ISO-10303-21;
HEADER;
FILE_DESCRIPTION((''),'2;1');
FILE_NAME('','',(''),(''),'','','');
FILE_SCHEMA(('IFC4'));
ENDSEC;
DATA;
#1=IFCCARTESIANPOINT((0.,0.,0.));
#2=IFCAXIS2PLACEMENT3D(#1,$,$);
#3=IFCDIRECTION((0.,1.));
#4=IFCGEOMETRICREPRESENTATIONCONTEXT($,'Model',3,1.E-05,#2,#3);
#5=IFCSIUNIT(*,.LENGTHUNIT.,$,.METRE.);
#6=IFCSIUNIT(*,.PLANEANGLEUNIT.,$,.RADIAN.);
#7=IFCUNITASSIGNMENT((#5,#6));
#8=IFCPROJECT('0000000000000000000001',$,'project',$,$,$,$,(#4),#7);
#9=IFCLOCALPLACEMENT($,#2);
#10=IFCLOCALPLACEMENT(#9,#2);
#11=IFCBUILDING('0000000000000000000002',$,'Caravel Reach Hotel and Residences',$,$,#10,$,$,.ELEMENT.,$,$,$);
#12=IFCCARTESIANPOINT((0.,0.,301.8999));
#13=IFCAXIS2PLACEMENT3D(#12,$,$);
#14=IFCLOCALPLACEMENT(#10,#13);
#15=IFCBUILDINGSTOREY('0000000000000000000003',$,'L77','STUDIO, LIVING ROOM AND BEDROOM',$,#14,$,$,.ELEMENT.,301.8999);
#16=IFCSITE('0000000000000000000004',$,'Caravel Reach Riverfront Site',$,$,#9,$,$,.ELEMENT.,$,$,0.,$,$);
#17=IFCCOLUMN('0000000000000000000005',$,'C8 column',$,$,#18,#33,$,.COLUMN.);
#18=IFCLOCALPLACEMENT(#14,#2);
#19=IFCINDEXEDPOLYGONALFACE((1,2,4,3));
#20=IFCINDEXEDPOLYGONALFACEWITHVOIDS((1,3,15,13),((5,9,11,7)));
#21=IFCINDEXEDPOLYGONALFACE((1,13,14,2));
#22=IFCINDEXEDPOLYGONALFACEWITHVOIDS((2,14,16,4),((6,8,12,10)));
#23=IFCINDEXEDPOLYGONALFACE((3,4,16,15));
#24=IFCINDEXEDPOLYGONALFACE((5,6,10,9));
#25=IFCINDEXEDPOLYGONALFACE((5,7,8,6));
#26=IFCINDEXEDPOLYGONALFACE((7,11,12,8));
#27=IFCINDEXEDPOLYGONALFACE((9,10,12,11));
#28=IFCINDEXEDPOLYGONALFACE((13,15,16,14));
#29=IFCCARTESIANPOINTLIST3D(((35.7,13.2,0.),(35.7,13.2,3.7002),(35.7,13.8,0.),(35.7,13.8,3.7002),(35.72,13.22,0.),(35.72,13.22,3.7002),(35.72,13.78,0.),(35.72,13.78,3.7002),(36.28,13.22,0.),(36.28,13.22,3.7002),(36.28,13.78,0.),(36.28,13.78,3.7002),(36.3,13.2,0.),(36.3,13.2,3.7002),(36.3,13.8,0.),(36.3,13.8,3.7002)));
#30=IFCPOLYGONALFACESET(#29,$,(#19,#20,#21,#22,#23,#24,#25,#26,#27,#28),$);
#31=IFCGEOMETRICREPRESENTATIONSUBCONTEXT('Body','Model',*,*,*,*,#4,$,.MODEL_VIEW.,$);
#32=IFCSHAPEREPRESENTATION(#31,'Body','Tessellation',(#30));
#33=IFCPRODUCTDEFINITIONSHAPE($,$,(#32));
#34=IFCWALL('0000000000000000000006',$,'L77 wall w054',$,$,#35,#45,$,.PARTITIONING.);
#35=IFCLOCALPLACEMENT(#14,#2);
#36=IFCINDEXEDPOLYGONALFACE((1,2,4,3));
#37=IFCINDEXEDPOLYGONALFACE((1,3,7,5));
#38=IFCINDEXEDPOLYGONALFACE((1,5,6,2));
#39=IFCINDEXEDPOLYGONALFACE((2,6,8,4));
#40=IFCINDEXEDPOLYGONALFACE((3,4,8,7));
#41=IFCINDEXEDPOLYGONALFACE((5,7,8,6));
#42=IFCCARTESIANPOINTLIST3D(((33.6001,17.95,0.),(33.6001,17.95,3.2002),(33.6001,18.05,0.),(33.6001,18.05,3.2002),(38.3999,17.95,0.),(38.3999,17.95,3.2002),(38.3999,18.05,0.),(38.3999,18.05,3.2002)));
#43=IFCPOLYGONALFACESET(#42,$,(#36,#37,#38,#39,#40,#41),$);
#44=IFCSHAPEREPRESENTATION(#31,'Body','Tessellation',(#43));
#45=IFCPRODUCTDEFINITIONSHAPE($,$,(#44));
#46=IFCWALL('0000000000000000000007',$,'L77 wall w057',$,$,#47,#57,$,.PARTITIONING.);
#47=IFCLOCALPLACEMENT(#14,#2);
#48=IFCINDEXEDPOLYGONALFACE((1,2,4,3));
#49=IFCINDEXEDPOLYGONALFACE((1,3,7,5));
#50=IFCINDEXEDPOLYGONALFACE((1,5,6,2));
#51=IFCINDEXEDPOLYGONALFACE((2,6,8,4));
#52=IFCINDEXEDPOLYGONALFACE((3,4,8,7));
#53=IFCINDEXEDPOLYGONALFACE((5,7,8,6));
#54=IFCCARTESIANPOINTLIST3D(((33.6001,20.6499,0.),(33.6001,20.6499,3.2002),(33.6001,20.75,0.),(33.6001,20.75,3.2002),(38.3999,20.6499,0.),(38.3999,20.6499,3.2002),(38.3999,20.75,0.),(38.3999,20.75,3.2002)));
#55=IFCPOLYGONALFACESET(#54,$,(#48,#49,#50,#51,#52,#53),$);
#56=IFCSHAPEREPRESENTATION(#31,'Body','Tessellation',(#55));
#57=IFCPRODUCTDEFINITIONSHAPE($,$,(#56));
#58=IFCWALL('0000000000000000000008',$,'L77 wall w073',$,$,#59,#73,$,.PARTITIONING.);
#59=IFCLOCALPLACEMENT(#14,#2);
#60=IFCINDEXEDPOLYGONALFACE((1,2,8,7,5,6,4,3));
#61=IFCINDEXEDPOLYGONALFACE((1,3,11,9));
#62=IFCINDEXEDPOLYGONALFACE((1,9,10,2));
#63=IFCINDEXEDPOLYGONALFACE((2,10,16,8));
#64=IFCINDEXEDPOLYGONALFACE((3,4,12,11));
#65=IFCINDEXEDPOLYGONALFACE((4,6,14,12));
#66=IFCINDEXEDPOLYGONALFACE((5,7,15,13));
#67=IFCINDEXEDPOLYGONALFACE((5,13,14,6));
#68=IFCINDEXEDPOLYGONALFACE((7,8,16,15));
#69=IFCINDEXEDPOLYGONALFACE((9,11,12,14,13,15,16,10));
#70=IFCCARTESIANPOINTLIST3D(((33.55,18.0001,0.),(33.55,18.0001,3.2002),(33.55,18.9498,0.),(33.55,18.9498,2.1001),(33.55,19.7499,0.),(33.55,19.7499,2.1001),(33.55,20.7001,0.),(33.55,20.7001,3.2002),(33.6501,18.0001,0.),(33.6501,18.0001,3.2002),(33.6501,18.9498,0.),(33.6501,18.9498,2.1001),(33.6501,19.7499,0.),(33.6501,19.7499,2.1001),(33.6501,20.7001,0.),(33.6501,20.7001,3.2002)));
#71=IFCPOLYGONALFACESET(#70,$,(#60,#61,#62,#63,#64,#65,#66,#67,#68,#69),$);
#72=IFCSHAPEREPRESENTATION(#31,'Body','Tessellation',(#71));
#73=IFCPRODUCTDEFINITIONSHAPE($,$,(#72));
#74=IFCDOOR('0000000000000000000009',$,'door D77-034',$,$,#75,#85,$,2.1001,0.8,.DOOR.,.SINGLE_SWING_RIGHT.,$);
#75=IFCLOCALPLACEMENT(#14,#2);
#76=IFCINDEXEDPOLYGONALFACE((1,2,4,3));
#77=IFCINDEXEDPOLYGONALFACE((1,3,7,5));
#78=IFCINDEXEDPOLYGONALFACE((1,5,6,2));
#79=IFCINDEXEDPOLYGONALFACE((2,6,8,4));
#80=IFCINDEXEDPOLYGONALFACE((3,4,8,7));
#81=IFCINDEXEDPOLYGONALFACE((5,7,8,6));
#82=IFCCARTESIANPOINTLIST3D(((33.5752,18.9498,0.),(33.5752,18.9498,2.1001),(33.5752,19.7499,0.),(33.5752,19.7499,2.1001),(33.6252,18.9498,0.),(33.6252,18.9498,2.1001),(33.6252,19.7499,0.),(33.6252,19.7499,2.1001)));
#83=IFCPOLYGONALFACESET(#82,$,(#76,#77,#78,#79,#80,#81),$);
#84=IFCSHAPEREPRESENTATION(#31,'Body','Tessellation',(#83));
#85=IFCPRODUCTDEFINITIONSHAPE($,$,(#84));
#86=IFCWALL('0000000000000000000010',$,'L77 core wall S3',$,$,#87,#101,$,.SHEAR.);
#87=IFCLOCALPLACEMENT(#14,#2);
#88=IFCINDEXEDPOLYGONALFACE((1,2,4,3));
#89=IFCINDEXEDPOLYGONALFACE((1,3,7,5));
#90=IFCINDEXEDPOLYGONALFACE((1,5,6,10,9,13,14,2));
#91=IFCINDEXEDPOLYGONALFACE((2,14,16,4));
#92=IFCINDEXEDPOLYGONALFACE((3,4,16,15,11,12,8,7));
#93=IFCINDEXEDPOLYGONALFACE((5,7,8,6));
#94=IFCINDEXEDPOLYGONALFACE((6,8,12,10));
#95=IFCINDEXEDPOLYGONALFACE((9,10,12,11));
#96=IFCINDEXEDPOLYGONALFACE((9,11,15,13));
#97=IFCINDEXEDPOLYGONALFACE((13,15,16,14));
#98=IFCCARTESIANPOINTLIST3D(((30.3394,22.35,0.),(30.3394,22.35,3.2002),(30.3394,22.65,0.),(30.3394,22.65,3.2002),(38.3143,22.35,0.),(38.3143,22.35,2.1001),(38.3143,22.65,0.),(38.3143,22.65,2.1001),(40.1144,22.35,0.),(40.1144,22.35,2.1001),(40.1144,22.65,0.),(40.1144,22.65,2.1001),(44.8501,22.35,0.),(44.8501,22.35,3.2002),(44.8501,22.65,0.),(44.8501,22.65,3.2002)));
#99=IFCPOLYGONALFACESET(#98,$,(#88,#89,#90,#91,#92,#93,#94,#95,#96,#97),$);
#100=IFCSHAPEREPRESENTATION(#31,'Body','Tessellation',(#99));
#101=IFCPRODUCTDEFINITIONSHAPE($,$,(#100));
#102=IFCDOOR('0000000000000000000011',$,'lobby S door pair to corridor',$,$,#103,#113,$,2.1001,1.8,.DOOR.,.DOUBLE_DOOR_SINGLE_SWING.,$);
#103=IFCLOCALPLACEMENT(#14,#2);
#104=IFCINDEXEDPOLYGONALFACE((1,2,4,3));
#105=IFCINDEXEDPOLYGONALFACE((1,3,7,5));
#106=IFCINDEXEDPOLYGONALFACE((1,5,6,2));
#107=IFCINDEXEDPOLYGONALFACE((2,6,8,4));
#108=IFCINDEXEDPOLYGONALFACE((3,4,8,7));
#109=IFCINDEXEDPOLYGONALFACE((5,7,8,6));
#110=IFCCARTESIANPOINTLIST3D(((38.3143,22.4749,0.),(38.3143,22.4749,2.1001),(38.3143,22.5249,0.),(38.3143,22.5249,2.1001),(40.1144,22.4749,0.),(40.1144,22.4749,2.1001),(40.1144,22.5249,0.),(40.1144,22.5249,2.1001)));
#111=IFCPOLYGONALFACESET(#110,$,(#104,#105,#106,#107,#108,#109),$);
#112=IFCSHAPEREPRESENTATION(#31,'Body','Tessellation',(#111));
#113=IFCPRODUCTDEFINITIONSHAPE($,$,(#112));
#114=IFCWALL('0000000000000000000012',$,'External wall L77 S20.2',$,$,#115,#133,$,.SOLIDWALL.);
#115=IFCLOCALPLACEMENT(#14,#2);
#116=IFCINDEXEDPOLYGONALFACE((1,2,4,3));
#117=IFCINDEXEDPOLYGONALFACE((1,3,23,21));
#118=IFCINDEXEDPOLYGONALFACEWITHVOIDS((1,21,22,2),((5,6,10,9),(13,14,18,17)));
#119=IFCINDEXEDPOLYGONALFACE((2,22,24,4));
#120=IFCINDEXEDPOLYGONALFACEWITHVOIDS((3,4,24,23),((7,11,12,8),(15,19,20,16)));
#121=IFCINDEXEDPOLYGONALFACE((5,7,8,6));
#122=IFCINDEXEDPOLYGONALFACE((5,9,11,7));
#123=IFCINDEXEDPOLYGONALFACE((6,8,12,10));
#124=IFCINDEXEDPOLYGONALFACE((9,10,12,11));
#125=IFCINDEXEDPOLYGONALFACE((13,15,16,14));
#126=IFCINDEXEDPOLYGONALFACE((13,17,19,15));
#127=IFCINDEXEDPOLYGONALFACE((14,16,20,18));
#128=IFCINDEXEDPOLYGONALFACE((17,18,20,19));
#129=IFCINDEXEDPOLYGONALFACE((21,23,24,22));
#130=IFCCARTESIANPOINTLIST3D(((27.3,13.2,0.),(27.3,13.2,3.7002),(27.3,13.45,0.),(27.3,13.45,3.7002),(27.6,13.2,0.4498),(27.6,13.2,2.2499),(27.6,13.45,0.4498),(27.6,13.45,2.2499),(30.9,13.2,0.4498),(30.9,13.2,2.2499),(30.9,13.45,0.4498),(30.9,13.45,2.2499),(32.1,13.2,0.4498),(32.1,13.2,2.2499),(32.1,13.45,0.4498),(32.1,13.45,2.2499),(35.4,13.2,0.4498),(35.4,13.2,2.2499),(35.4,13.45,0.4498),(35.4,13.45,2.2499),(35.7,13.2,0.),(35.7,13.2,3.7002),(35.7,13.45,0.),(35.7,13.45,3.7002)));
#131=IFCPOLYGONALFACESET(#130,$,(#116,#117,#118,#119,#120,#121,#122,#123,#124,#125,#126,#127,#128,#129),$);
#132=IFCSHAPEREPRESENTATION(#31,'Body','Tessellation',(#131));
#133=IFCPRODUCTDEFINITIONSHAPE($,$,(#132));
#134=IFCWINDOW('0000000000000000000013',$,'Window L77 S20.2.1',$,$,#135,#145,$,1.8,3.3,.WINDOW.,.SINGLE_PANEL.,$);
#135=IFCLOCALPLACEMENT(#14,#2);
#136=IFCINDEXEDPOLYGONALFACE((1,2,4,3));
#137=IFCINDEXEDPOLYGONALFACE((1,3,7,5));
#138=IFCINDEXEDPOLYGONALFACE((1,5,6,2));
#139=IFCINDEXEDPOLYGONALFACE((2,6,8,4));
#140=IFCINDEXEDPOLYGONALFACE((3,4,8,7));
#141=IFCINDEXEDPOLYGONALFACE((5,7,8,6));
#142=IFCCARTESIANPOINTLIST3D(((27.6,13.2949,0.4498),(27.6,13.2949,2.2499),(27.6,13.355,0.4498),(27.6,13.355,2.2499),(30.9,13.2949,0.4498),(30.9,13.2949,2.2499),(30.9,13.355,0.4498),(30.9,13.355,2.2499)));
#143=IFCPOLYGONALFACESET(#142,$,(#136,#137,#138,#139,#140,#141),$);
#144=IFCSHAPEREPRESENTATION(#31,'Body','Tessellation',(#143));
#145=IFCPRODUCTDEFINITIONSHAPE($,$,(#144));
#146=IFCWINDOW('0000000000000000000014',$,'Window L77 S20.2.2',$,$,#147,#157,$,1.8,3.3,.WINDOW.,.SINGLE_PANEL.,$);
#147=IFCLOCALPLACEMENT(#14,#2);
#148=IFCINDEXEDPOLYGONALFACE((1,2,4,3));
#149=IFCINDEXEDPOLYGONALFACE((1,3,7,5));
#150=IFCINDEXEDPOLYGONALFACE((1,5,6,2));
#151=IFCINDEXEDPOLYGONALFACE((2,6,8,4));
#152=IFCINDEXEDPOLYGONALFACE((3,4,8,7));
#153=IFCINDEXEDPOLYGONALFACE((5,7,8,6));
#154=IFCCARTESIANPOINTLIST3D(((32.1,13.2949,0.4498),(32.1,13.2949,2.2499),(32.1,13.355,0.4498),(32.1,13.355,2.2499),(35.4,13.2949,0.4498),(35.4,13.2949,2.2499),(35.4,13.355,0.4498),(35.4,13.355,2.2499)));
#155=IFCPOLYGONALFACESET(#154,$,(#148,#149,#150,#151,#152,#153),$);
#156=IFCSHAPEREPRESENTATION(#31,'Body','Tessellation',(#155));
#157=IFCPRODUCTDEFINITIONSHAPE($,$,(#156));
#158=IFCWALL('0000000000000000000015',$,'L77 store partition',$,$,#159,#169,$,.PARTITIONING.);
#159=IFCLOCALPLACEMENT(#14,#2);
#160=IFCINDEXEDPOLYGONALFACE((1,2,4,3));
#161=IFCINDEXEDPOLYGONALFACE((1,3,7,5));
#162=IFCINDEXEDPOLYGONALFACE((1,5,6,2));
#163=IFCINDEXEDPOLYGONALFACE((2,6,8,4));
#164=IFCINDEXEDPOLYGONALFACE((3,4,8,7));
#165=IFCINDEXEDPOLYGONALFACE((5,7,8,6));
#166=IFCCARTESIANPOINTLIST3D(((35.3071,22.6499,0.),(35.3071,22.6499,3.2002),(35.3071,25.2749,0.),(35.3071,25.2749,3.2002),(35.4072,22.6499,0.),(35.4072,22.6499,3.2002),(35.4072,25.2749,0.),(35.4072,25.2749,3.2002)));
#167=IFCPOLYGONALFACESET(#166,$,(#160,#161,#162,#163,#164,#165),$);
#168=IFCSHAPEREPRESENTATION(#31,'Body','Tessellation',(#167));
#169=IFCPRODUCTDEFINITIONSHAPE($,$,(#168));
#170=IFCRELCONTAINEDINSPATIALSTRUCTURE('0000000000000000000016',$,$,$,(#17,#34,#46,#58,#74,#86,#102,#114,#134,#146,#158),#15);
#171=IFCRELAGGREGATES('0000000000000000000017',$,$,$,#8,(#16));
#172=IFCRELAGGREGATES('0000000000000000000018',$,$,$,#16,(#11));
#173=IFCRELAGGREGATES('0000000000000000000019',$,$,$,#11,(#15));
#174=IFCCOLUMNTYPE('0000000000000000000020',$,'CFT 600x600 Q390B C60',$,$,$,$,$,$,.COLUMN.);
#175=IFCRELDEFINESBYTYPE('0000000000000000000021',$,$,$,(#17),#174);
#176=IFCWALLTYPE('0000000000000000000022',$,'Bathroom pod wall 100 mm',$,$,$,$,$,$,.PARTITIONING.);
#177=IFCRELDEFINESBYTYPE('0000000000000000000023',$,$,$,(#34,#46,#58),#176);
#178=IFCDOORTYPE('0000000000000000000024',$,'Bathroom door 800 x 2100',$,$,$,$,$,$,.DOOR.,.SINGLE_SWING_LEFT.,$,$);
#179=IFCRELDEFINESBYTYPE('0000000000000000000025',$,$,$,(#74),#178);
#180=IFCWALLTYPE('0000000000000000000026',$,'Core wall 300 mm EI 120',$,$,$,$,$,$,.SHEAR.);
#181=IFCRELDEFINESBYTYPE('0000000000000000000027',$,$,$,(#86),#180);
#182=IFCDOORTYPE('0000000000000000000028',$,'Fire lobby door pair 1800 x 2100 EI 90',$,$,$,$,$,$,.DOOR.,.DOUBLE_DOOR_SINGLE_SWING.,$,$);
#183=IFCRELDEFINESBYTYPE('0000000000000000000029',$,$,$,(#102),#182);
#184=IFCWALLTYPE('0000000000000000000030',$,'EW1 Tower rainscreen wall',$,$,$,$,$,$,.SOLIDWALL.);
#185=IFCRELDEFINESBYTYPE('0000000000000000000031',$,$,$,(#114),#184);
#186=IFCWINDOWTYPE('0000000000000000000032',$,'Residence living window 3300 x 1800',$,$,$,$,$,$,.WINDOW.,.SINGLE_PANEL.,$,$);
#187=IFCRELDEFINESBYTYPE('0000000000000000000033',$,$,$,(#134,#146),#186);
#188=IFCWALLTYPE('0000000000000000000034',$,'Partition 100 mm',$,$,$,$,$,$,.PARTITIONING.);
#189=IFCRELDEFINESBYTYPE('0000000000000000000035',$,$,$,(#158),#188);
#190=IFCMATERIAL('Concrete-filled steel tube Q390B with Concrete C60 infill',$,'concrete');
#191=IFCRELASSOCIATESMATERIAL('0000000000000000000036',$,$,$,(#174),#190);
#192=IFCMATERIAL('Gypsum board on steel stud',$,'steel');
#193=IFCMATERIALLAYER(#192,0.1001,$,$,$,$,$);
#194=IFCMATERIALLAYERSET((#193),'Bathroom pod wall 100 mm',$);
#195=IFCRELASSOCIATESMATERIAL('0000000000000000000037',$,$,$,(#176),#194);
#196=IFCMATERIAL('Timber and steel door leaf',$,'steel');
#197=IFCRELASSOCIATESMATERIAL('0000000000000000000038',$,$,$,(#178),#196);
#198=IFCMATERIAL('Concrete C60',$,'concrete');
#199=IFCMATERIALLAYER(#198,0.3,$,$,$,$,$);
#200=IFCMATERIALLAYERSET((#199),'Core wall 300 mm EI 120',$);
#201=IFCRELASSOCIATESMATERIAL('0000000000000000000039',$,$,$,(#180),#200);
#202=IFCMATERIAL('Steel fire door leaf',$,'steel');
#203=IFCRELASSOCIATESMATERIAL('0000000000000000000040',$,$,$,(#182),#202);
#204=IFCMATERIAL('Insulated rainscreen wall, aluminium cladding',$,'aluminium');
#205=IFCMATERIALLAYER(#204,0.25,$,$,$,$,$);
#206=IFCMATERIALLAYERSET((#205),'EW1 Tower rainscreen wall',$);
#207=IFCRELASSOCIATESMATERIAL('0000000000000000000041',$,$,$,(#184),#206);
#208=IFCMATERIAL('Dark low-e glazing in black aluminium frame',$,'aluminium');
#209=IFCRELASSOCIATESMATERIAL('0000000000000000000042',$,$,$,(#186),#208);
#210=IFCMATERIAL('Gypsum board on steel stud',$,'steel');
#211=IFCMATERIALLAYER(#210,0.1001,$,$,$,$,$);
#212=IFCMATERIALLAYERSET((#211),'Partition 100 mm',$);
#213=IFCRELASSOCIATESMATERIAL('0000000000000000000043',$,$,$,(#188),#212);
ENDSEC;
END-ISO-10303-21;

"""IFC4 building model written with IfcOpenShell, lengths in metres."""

from ifc_helpers import new_model, si_unit, direction, frame, frame_2d, origin, origin_2d, place, context, subcontext, project, spatial, rectangle, hollow_rectangle, extrude, material, layer, layer_set, material_profile, profile_set, type_object, element, fill, save


model = new_model("IFC4")

# Units and contexts
model_context = context("Model", 3, precision=1e-05, world=origin(), true_north=direction((0.0, 1.0)))
body_context = subcontext(model_context, "Body", "Model", "MODEL_VIEW")
ifc_project = project(units=[si_unit("LENGTHUNIT", "METRE"), si_unit("PLANEANGLEUNIT", "RADIAN")], contexts=[model_context])

# Site, building, storey
site_placement = place(None, origin())
site = spatial("IfcSite", under=ifc_project, at=site_placement, Name="Caravel Reach Riverfront Site", CompositionType="ELEMENT", RefElevation=0.0)
building_placement = place(site_placement, origin())
building = spatial("IfcBuilding", under=site, at=building_placement, Name="Caravel Reach Hotel and Residences", CompositionType="ELEMENT")
storey_placement = place(building_placement, frame((0.0, 0.0, 301.8999)))
storey = spatial("IfcBuildingStorey", under=building, at=storey_placement, Name="L77", Description="STUDIO, LIVING ROOM AND BEDROOM", CompositionType="ELEMENT", Elevation=301.8999)

# Column
ifc_material_1 = material(Name="Concrete-filled steel tube Q390B with Concrete C60 infill", Category="concrete")
ifc_material_profile = material_profile(ifc_material_1, hollow_rectangle(XDim=0.6001, YDim=0.6001, WallThickness=0.02, at=origin_2d()), Name="RHS 600x600x20")
ifc_profile_set = profile_set([ifc_material_profile], Name="Concrete-filled steel tube Q390B with Concrete C60 infill")
column_type = type_object("IfcColumnType", Name="CFT 600x600 Q390B C60", PredefinedType="COLUMN", material=ifc_profile_set)
column_placement = place(storey_placement, frame((36.0, 13.5, 0.0), z_axis=(0.0, 0.0, 1.0), x_axis=(1.0, 0.0, 0.0)))
element("IfcColumn", 1, at=column_placement, inside=storey, type_object=column_type, Name="C8 column", PredefinedType="COLUMN", context=body_context, shape_type="SweptSolid", body=[
    extrude(hollow_rectangle(XDim=0.6001, YDim=0.6001, WallThickness=0.02, at=origin_2d()), origin(), (0.0, 0.0, 1.0), 3.7002),
])

# Walls
ifc_material_2 = material(Name="Gypsum board on steel stud", Category="steel")
ifc_layer_1 = layer(ifc_material_2, 0.1001)
ifc_layer_set_1 = layer_set([ifc_layer_1], Name="Bathroom pod wall 100 mm")
wall_type_1 = type_object("IfcWallType", Name="Bathroom pod wall 100 mm", PredefinedType="PARTITIONING", material=ifc_layer_set_1)
for number, where, z_axis, x_axis, name in (
    (2, (33.6001, 18.0, 0.0), (0.0, 0.0, 1.0), (1.0, 0.0, 0.0), "L77 wall w054"),
    (3, (33.6001, 20.7, 0.0), (0.0, 0.0, 1.0), (1.0, 0.0, 0.0), "L77 wall w057"),
):
    element("IfcWall", number, at=place(storey_placement, frame(where, z_axis=z_axis, x_axis=x_axis)), inside=storey, type_object=wall_type_1, Name=name, PredefinedType="PARTITIONING", context=body_context, shape_type="SweptSolid", body=[
        extrude(rectangle(XDim=4.7998, YDim=0.1001, at=frame_2d((2.3999, 0.0))), origin(), (0.0, 0.0, 1.0), 3.2002),
    ])

# Walls, openings, doors
wall_1_placement = place(storey_placement, frame((33.6001, 18.0, 0.0), z_axis=(0.0, 0.0, 1.0), x_axis=(0.0, 1.0, 0.0)))
wall_1 = element("IfcWall", 4, at=wall_1_placement, inside=storey, type_object=wall_type_1, Name="L77 wall w073", PredefinedType="PARTITIONING", context=body_context, shape_type="SweptSolid", body=[
    extrude(rectangle(XDim=2.7, YDim=0.1001, at=frame_2d((1.3501, 0.0))), origin(), (0.0, 0.0, 1.0), 3.2002),
])
opening_1_placement = place(wall_1_placement, frame((0.95, 0.0, 0.0)))
opening_1 = element("IfcOpeningElement", 5, at=opening_1_placement, cuts=wall_1, PredefinedType="OPENING", context=body_context, shape_type="SweptSolid", body=[
    extrude(rectangle(XDim=0.8, YDim=2.1001, at=frame_2d((0.3999, 1.05))), frame((0.0, 0.0601, 0.0), z_axis=(0.0, -1.0, 0.0), x_axis=(1.0, 0.0, 0.0)), (0.0, 0.0, 1.0), 0.1201),
])
ifc_material_3 = material(Name="Timber and steel door leaf", Category="steel")
door_type_1 = type_object("IfcDoorType", Name="Bathroom door 800 x 2100", OperationType="SINGLE_SWING_LEFT", PredefinedType="DOOR", material=ifc_material_3)
door_1_placement = place(opening_1_placement, origin())
door_1 = element("IfcDoor", 6, at=door_1_placement, inside=storey, type_object=door_type_1, Name="door D77-034", OperationType="SINGLE_SWING_RIGHT", OverallHeight=2.1001, OverallWidth=0.8, PredefinedType="DOOR", context=body_context, shape_type="SweptSolid", body=[
    extrude(rectangle(XDim=0.8, YDim=2.1001, at=frame_2d((0.3999, 1.05))), frame((0.0, 0.0249, 0.0), z_axis=(0.0, -1.0, 0.0), x_axis=(1.0, 0.0, 0.0)), (0.0, 0.0, 1.0), 0.05),
])
fill(opening_1, door_1)
ifc_material_4 = material(Name="Concrete C60", Category="concrete")
ifc_layer_2 = layer(ifc_material_4, 0.3)
ifc_layer_set_2 = layer_set([ifc_layer_2], Name="Core wall 300 mm EI 120")
wall_type_2 = type_object("IfcWallType", Name="Core wall 300 mm EI 120", PredefinedType="SHEAR", material=ifc_layer_set_2)
wall_2_placement = place(storey_placement, frame((30.3394, 22.5, 0.0), z_axis=(0.0, 0.0, 1.0), x_axis=(1.0, 0.0, 0.0)))
wall_2 = element("IfcWall", 7, at=wall_2_placement, inside=storey, type_object=wall_type_2, Name="L77 core wall S3", PredefinedType="SHEAR", context=body_context, shape_type="SweptSolid", body=[
    extrude(rectangle(XDim=14.5107, YDim=0.3, at=frame_2d((7.2554, 0.0))), origin(), (0.0, 0.0, 1.0), 3.2002),
])
opening_2_placement = place(wall_2_placement, frame((7.9751, 0.0, 0.0)))
opening_2 = element("IfcOpeningElement", 8, at=opening_2_placement, cuts=wall_2, PredefinedType="OPENING", context=body_context, shape_type="SweptSolid", body=[
    extrude(rectangle(XDim=1.8, YDim=2.1001, at=frame_2d((0.8999, 1.05))), frame((0.0, 0.1599, 0.0), z_axis=(0.0, -1.0, 0.0), x_axis=(1.0, 0.0, 0.0)), (0.0, 0.0, 1.0), 0.3201),
])
ifc_material_5 = material(Name="Steel fire door leaf", Category="steel")
door_type_2 = type_object("IfcDoorType", Name="Fire lobby door pair 1800 x 2100 EI 90", OperationType="DOUBLE_DOOR_SINGLE_SWING", PredefinedType="DOOR", material=ifc_material_5)
door_2_placement = place(opening_2_placement, origin())
door_2 = element("IfcDoor", 9, at=door_2_placement, inside=storey, type_object=door_type_2, Name="lobby S door pair to corridor", OperationType="DOUBLE_DOOR_SINGLE_SWING", OverallHeight=2.1001, OverallWidth=1.8, PredefinedType="DOOR", context=body_context, shape_type="SweptSolid", body=[
    extrude(rectangle(XDim=1.8, YDim=2.1001, at=frame_2d((0.8999, 1.05))), frame((0.0, 0.0249, 0.0), z_axis=(0.0, -1.0, 0.0), x_axis=(1.0, 0.0, 0.0)), (0.0, 0.0, 1.0), 0.05),
])
fill(opening_2, door_2)

# Wall, openings, windows
ifc_material_6 = material(Name="Insulated rainscreen wall, aluminium cladding", Category="aluminium")
ifc_layer_3 = layer(ifc_material_6, 0.25)
ifc_layer_set_3 = layer_set([ifc_layer_3], Name="EW1 Tower rainscreen wall")
wall_type_3 = type_object("IfcWallType", Name="EW1 Tower rainscreen wall", PredefinedType="SOLIDWALL", material=ifc_layer_set_3)
wall_3_placement = place(storey_placement, frame((27.3, 13.325, 0.0), z_axis=(0.0, 0.0, 1.0), x_axis=(1.0, 0.0, 0.0)))
wall_3 = element("IfcWall", 10, at=wall_3_placement, inside=storey, type_object=wall_type_3, Name="External wall L77 S20.2", PredefinedType="SOLIDWALL", context=body_context, shape_type="SweptSolid", body=[
    extrude(rectangle(XDim=8.3999, YDim=0.25, at=frame_2d((4.2, 0.0))), origin(), (0.0, 0.0, 1.0), 3.7002),
])
opening_3_placement = place(wall_3_placement, frame((0.3, 0.0, 0.45)))
opening_3 = element("IfcOpeningElement", 11, at=opening_3_placement, cuts=wall_3, PredefinedType="OPENING", context=body_context, shape_type="SweptSolid", body=[
    extrude(rectangle(XDim=3.3, YDim=1.8, at=frame_2d((1.6499, 0.8999))), frame((0.0, 0.135, 0.0), z_axis=(0.0, -1.0, 0.0), x_axis=(1.0, 0.0, 0.0)), (0.0, 0.0, 1.0), 0.27),
])
opening_4_placement = place(wall_3_placement, frame((4.8, 0.0, 0.45)))
opening_4 = element("IfcOpeningElement", 12, at=opening_4_placement, cuts=wall_3, PredefinedType="OPENING", context=body_context, shape_type="SweptSolid", body=[
    extrude(rectangle(XDim=3.3, YDim=1.8, at=frame_2d((1.6499, 0.8999))), frame((0.0, 0.135, 0.0), z_axis=(0.0, -1.0, 0.0), x_axis=(1.0, 0.0, 0.0)), (0.0, 0.0, 1.0), 0.27),
])
ifc_material_7 = material(Name="Dark low-e glazing in black aluminium frame", Category="aluminium")
window_type = type_object("IfcWindowType", Name="Residence living window 3300 x 1800", PartitioningType="SINGLE_PANEL", PredefinedType="WINDOW", material=ifc_material_7)
window_1_placement = place(opening_3_placement, origin())
window_1 = element("IfcWindow", 13, at=window_1_placement, inside=storey, type_object=window_type, Name="Window L77 S20.2.1", OverallHeight=1.8, OverallWidth=3.3, PartitioningType="SINGLE_PANEL", PredefinedType="WINDOW", context=body_context, shape_type="SweptSolid", body=[
    extrude(rectangle(XDim=3.3, YDim=1.8, at=frame_2d((1.6499, 0.8999))), frame((0.0, 0.03, 0.0), z_axis=(0.0, -1.0, 0.0), x_axis=(1.0, 0.0, 0.0)), (0.0, 0.0, 1.0), 0.0601),
])
fill(opening_3, window_1)
window_2_placement = place(opening_4_placement, origin())
window_2 = element("IfcWindow", 14, at=window_2_placement, inside=storey, type_object=window_type, Name="Window L77 S20.2.2", OverallHeight=1.8, OverallWidth=3.3, PartitioningType="SINGLE_PANEL", PredefinedType="WINDOW", context=body_context, shape_type="SweptSolid", body=[
    extrude(rectangle(XDim=3.3, YDim=1.8, at=frame_2d((1.6499, 0.8999))), frame((0.0, 0.03, 0.0), z_axis=(0.0, -1.0, 0.0), x_axis=(1.0, 0.0, 0.0)), (0.0, 0.0, 1.0), 0.0601),
])
fill(opening_4, window_2)

# Wall
ifc_material_8 = material(Name="Gypsum board on steel stud", Category="steel")
ifc_layer_4 = layer(ifc_material_8, 0.1001)
ifc_layer_set_4 = layer_set([ifc_layer_4], Name="Partition 100 mm")
wall_type_4 = type_object("IfcWallType", Name="Partition 100 mm", PredefinedType="PARTITIONING", material=ifc_layer_set_4)
wall_4_placement = place(storey_placement, frame((35.3572, 22.6499, 0.0), z_axis=(0.0, 0.0, 1.0), x_axis=(0.0, 1.0, 0.0)))
element("IfcWall", 15, at=wall_4_placement, inside=storey, type_object=wall_type_4, Name="L77 store partition", PredefinedType="PARTITIONING", context=body_context, shape_type="SweptSolid", body=[
    extrude(rectangle(XDim=2.625, YDim=0.1001, at=frame_2d((1.3125, 0.0))), origin(), (0.0, 0.0, 1.0), 3.2002),
])

save(model, "model.ifc")
